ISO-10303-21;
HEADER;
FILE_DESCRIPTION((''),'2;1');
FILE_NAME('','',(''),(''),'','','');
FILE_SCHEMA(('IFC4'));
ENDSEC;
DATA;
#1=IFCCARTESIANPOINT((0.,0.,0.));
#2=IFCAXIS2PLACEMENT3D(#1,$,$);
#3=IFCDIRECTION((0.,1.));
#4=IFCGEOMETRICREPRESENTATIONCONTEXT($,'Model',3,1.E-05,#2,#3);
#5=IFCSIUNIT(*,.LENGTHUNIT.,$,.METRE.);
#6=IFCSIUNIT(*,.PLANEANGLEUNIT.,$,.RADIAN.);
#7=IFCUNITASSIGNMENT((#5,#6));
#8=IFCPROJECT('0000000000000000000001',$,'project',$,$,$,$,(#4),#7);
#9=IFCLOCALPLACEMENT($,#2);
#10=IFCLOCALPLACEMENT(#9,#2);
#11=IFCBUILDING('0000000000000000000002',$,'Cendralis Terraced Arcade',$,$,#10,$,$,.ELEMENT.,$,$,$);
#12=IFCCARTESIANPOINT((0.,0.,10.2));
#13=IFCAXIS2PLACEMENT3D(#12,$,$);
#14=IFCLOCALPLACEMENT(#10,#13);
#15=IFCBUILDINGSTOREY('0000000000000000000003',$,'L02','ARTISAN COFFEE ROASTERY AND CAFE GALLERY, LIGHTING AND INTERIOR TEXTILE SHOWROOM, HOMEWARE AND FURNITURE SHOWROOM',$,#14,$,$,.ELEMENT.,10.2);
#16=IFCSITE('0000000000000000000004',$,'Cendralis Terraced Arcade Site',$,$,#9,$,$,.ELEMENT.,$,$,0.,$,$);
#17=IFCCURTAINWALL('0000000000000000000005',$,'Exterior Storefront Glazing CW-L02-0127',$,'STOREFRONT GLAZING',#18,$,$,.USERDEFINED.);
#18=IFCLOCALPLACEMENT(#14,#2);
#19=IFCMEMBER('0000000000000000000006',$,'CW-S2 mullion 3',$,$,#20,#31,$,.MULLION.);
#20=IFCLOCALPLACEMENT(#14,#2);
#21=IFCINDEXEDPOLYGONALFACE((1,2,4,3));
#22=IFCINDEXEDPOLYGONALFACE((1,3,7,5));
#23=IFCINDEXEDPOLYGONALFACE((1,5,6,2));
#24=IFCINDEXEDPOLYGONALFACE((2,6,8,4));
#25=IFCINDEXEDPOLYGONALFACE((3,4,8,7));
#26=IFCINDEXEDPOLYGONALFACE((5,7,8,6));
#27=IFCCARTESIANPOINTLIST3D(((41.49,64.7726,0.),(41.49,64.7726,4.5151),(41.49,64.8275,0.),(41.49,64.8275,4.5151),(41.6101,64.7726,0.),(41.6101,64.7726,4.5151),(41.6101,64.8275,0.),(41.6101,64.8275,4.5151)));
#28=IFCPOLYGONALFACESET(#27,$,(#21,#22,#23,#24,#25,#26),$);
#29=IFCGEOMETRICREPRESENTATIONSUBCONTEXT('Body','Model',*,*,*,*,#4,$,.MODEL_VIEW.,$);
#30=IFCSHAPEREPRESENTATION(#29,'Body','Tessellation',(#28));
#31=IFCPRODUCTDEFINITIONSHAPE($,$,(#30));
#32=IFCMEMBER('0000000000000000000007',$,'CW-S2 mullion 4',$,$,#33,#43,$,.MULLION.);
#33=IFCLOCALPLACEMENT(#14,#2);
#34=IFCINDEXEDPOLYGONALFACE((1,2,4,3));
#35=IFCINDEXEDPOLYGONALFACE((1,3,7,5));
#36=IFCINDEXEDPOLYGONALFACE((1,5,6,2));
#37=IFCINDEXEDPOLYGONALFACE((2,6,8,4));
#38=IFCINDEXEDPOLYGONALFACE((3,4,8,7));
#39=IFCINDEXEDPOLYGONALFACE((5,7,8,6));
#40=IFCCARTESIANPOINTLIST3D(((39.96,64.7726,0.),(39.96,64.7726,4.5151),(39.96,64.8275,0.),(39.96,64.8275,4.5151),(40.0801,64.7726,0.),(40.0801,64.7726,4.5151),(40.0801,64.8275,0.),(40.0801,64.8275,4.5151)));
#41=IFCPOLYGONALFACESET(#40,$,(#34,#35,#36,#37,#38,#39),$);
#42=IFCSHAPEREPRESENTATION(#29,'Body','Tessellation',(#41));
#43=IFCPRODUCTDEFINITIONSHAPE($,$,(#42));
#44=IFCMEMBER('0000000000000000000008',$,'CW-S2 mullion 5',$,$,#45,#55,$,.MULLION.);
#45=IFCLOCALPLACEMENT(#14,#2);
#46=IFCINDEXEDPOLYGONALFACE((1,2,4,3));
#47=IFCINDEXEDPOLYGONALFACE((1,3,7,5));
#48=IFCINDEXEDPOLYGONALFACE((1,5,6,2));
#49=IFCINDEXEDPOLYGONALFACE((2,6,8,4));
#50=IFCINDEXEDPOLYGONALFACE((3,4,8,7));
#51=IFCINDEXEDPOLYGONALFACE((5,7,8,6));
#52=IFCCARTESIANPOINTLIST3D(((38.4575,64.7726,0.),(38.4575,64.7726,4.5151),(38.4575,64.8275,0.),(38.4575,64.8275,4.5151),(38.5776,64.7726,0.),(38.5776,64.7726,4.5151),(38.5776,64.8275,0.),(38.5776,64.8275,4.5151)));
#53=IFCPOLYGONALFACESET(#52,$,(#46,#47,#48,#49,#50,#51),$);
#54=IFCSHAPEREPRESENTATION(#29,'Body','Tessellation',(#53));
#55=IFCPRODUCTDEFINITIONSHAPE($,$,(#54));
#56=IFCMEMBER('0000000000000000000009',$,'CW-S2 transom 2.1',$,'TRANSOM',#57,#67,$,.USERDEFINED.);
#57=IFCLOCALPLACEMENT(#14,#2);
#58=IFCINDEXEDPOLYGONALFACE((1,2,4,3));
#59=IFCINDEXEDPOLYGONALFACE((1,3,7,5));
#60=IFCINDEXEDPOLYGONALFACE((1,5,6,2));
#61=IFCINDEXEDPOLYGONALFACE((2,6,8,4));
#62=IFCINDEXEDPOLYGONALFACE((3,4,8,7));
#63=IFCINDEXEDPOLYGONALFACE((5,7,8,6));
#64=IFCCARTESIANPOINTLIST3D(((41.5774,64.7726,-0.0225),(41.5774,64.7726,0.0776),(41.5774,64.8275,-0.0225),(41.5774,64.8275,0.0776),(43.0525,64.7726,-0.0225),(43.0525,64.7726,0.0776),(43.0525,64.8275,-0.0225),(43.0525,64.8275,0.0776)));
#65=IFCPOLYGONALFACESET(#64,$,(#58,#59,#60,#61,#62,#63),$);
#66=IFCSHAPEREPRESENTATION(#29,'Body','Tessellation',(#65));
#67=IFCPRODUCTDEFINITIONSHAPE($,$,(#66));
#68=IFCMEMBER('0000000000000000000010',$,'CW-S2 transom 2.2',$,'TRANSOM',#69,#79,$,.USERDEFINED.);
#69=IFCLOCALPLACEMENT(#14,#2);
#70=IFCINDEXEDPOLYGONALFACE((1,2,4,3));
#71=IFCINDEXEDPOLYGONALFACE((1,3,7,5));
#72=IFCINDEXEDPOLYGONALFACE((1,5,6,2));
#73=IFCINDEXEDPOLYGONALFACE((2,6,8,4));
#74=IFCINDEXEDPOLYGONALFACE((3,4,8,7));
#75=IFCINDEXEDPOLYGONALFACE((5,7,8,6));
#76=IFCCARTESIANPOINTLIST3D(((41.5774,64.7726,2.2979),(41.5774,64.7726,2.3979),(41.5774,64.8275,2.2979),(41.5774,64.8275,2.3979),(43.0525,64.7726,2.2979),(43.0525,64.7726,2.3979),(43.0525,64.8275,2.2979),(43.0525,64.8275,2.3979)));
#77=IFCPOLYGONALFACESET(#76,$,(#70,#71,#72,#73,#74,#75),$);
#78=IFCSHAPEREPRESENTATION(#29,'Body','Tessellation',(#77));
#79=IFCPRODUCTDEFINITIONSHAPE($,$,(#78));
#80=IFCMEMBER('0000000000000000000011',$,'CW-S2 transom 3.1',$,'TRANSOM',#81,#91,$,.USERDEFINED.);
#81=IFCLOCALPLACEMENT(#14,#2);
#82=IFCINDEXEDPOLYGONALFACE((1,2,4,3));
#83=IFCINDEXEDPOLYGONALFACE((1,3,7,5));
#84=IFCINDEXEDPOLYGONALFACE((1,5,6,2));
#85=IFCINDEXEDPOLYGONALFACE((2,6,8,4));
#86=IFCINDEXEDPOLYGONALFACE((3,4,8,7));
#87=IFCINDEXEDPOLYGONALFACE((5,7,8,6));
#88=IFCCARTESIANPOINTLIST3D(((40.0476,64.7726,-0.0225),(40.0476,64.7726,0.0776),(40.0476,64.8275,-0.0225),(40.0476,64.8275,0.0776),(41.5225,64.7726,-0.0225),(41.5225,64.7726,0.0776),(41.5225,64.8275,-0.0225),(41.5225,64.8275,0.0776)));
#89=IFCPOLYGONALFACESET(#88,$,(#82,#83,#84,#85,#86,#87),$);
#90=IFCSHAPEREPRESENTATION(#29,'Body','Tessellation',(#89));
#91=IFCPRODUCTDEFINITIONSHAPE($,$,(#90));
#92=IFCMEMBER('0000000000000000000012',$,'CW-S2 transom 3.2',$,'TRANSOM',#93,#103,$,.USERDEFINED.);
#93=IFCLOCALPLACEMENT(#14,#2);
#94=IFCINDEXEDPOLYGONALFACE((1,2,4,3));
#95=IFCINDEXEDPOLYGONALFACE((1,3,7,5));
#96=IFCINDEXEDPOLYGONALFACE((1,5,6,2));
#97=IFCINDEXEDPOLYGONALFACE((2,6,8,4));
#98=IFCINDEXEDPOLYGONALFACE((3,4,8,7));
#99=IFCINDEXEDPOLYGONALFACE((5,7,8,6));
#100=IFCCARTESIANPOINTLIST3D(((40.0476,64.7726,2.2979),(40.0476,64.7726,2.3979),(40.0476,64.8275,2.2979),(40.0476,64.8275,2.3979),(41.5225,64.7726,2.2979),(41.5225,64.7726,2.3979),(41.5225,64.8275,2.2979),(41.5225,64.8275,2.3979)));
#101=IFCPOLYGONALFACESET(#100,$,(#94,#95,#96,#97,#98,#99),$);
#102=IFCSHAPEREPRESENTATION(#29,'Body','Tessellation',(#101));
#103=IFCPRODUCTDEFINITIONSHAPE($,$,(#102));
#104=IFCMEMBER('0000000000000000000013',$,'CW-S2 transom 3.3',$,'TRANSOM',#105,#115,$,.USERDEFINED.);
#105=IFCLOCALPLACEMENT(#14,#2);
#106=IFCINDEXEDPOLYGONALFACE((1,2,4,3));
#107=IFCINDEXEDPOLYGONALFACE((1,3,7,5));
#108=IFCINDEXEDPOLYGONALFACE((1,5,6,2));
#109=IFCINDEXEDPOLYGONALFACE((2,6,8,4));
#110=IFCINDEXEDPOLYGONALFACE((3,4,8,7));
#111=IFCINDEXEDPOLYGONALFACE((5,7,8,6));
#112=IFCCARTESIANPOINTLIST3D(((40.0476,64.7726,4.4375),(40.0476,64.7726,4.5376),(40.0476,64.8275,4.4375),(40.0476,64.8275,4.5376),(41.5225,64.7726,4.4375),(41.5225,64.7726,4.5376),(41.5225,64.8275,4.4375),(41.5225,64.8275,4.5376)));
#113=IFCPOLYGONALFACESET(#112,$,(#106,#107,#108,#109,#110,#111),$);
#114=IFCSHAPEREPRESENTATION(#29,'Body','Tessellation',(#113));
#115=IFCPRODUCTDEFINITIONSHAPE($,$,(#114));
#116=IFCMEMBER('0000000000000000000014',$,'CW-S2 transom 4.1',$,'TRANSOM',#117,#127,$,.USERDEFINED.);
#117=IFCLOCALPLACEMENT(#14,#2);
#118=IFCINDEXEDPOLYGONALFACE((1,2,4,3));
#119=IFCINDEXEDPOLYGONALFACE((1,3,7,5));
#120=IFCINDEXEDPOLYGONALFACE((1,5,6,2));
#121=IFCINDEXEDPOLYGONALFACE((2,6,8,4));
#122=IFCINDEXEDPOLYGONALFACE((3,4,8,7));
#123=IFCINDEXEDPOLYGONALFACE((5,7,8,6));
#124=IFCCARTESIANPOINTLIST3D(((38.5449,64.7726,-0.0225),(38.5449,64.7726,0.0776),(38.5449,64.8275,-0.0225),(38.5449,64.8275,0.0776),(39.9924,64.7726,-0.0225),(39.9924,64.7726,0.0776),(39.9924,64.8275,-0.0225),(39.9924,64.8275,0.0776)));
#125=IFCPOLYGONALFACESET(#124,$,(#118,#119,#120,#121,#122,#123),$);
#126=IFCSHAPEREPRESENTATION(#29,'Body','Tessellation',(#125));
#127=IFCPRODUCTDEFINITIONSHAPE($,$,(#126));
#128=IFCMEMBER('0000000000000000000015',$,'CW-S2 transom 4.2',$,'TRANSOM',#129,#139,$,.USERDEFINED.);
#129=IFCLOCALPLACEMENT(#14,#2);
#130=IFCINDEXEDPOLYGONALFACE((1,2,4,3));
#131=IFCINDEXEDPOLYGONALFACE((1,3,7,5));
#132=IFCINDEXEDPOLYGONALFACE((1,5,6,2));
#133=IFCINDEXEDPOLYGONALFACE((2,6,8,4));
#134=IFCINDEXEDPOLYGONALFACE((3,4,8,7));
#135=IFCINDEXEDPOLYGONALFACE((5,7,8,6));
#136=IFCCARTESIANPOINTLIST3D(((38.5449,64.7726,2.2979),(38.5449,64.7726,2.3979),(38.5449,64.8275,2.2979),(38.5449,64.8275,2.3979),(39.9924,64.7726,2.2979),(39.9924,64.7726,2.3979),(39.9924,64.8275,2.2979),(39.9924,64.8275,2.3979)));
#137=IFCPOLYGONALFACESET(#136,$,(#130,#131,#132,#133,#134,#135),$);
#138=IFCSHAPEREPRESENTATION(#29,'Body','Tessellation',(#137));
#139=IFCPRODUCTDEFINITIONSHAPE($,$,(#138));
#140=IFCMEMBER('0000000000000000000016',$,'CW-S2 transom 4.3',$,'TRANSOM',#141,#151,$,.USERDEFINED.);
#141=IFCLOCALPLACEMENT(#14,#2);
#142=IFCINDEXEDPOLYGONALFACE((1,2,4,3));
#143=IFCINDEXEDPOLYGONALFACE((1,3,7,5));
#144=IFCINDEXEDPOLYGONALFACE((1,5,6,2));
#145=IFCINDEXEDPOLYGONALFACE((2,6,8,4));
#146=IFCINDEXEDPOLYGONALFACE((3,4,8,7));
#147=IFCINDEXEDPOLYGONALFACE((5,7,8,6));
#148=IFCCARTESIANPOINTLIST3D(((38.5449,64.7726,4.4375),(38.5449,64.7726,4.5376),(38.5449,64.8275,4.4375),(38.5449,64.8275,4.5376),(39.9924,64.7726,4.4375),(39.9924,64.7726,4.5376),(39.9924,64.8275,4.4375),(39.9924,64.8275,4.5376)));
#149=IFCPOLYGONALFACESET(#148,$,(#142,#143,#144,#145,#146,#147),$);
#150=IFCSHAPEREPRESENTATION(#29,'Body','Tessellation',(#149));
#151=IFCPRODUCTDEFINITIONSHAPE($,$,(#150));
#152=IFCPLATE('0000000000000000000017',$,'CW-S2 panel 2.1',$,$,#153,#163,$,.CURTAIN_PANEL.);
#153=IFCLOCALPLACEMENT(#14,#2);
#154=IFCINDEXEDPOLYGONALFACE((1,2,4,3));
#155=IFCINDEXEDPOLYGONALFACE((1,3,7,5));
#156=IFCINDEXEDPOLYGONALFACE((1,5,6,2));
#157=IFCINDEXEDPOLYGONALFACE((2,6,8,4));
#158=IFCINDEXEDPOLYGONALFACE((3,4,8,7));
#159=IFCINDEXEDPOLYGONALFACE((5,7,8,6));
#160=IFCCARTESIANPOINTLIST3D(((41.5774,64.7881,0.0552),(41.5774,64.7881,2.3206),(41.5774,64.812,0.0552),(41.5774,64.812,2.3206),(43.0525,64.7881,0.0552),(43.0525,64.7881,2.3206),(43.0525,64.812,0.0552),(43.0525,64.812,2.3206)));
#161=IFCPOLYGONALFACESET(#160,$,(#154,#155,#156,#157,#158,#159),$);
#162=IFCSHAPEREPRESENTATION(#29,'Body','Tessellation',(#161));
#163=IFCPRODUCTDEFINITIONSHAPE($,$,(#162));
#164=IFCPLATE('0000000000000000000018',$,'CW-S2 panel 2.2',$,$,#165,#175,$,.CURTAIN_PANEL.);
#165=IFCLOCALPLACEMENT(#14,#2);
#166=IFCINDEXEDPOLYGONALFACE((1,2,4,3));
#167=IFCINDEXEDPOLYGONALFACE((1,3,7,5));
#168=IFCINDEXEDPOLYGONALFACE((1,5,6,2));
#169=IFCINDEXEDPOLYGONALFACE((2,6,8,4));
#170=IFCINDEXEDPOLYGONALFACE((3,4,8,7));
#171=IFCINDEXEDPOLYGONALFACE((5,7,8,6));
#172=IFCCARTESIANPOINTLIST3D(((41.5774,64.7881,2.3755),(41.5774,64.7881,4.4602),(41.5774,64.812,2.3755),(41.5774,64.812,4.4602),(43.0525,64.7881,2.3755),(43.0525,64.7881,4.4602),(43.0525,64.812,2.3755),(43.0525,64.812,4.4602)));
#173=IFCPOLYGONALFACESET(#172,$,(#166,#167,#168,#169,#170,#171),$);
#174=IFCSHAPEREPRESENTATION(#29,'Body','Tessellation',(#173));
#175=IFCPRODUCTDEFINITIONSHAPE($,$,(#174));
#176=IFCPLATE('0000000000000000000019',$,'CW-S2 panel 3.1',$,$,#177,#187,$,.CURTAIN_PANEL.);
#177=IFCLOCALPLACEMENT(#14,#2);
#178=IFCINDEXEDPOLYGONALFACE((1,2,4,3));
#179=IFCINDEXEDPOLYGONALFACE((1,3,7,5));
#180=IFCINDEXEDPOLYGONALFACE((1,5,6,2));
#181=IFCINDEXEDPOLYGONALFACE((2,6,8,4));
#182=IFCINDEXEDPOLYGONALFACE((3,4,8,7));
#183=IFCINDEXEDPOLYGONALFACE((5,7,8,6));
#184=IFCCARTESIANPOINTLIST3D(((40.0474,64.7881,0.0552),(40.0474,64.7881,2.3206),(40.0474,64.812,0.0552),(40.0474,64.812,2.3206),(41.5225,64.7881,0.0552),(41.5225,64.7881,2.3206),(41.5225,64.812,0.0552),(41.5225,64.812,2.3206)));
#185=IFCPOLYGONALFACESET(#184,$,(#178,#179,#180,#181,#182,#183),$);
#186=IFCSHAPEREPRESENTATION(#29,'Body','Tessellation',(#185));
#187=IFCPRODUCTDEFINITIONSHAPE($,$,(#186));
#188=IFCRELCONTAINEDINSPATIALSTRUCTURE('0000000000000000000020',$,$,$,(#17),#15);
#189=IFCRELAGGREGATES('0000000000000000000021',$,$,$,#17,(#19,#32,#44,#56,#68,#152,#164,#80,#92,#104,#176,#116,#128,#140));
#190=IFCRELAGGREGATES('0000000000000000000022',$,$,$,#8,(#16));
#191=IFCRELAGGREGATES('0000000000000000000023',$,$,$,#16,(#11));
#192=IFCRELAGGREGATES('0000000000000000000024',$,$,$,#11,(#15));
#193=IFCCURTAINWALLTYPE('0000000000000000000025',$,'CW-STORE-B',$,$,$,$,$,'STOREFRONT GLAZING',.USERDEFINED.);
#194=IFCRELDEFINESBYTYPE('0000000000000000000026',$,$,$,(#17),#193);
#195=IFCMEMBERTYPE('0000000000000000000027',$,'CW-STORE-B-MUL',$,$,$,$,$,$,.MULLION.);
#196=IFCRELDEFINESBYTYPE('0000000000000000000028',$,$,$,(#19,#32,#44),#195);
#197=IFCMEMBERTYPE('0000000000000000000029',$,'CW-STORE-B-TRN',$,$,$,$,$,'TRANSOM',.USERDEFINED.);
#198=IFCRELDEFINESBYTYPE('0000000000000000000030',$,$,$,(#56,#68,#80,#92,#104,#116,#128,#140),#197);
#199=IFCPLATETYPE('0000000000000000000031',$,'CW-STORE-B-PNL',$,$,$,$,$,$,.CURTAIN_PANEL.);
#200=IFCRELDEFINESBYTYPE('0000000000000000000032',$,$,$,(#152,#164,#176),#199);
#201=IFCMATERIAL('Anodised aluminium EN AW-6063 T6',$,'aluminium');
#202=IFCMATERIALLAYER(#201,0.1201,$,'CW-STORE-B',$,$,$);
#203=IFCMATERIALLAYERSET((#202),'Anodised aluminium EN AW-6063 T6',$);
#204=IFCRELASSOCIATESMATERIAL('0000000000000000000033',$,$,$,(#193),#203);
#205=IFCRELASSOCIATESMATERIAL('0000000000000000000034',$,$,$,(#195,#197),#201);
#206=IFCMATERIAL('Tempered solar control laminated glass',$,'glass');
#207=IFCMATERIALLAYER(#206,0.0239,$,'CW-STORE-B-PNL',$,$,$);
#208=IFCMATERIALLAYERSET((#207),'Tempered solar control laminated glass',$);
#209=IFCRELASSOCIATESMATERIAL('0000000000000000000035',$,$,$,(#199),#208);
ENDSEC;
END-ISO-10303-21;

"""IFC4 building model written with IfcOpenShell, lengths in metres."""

from ifc_helpers import new_model, si_unit, direction, frame, origin, origin_2d, place, context, subcontext, project, spatial, rectangle, extrude, material, layer, layer_set, material_profile, profile_set, type_object, element, aggregate, save


model = new_model("IFC4")

# Units and contexts
model_context = context("Model", 3, precision=1e-05, world=origin(), true_north=direction((0.0, 1.0)))
body_context = subcontext(model_context, "Body", "Model", "MODEL_VIEW")
ifc_project = project(units=[si_unit("LENGTHUNIT", "METRE"), si_unit("PLANEANGLEUNIT", "RADIAN")], contexts=[model_context])

# Site, building, storey
site_placement = place(None, origin())
site = spatial("IfcSite", under=ifc_project, at=site_placement, Name="Cendralis Terraced Arcade Site", CompositionType="ELEMENT", RefElevation=0.0)
building_placement = place(site_placement, origin())
building = spatial("IfcBuilding", under=site, at=building_placement, Name="Cendralis Terraced Arcade", CompositionType="ELEMENT")
storey_placement = place(building_placement, frame((0.0, 0.0, 10.2)))
storey = spatial("IfcBuildingStorey", under=building, at=storey_placement, Name="L02", Description="ARTISAN COFFEE ROASTERY AND CAFE GALLERY, LIGHTING AND INTERIOR TEXTILE SHOWROOM, HOMEWARE AND FURNITURE SHOWROOM", CompositionType="ELEMENT", Elevation=10.2)

# Curtain wall, members, plates
ifc_material_1 = material(Name="Anodised aluminium EN AW-6063 T6", Category="aluminium")
ifc_layer_1 = layer(ifc_material_1, 0.1201, Name="CW-STORE-B")
ifc_layer_set_1 = layer_set([ifc_layer_1], Name="Anodised aluminium EN AW-6063 T6")
curtain_wall_type = type_object("IfcCurtainWallType", Name="CW-STORE-B", ElementType="STOREFRONT GLAZING", PredefinedType="USERDEFINED", material=ifc_layer_set_1)
curtain_wall_placement = place(storey_placement, origin())
curtain_wall = element("IfcCurtainWall", 1, at=curtain_wall_placement, inside=storey, type_object=curtain_wall_type, Name="Exterior Storefront Glazing CW-L02-0127", ObjectType="STOREFRONT GLAZING", PredefinedType="USERDEFINED")
ifc_material_profile_1 = material_profile(ifc_material_1, rectangle(XDim=0.0549, YDim=0.1201, at=origin_2d()), Name="ALU-MUL-55x120")
ifc_profile_set_1 = profile_set([ifc_material_profile_1], Name="Anodised aluminium EN AW-6063 T6")
member_type_1 = type_object("IfcMemberType", Name="CW-STORE-B-MUL", PredefinedType="MULLION", material=ifc_profile_set_1)
member_1_placement = place(storey_placement, frame((41.55, 64.8, 0.0), z_axis=(0.0, 0.0, 1.0), x_axis=(0.0, -1.0, 0.0)))
member_1 = element("IfcMember", 2, at=member_1_placement, type_object=member_type_1, Name="CW-S2 mullion 3", PredefinedType="MULLION", context=body_context, shape_type="SweptSolid", body=[
    extrude(rectangle(XDim=0.0549, YDim=0.1201, at=origin_2d()), origin(), (0.0, 0.0, 1.0), 4.5151),
])
member_2_placement = place(storey_placement, frame((40.02, 64.8, 0.0), z_axis=(0.0, 0.0, 1.0), x_axis=(0.0, -1.0, 0.0)))
member_2 = element("IfcMember", 3, at=member_2_placement, type_object=member_type_1, Name="CW-S2 mullion 4", PredefinedType="MULLION", context=body_context, shape_type="SweptSolid", body=[
    extrude(rectangle(XDim=0.0549, YDim=0.1201, at=origin_2d()), origin(), (0.0, 0.0, 1.0), 4.5151),
])
member_3_placement = place(storey_placement, frame((38.5176, 64.8, 0.0), z_axis=(0.0, 0.0, 1.0), x_axis=(0.0, -1.0, 0.0)))
member_3 = element("IfcMember", 4, at=member_3_placement, type_object=member_type_1, Name="CW-S2 mullion 5", PredefinedType="MULLION", context=body_context, shape_type="SweptSolid", body=[
    extrude(rectangle(XDim=0.0549, YDim=0.1201, at=origin_2d()), origin(), (0.0, 0.0, 1.0), 4.5151),
])
ifc_material_profile_2 = material_profile(ifc_material_1, rectangle(XDim=0.0549, YDim=0.1001, at=origin_2d()), Name="ALU-TRN-55x100")
ifc_profile_set_2 = profile_set([ifc_material_profile_2], Name="Anodised aluminium EN AW-6063 T6")
member_type_2 = type_object("IfcMemberType", Name="CW-STORE-B-TRN", ElementType="TRANSOM", PredefinedType="USERDEFINED", material=ifc_profile_set_2)
member_4_placement = place(storey_placement, frame((43.0525, 64.8, 0.0276), z_axis=(-1.0, 0.0, 0.0), x_axis=(0.0, -1.0, 0.0)))
member_4 = element("IfcMember", 5, at=member_4_placement, type_object=member_type_2, Name="CW-S2 transom 2.1", ObjectType="TRANSOM", PredefinedType="USERDEFINED", context=body_context, shape_type="SweptSolid", body=[
    extrude(rectangle(XDim=0.0549, YDim=0.1001, at=origin_2d()), origin(), (0.0, 0.0, 1.0), 1.4751),
])
member_5_placement = place(storey_placement, frame((43.0525, 64.8, 2.3479), z_axis=(-1.0, 0.0, 0.0), x_axis=(0.0, -1.0, 0.0)))
member_5 = element("IfcMember", 6, at=member_5_placement, type_object=member_type_2, Name="CW-S2 transom 2.2", ObjectType="TRANSOM", PredefinedType="USERDEFINED", context=body_context, shape_type="SweptSolid", body=[
    extrude(rectangle(XDim=0.0549, YDim=0.1001, at=origin_2d()), origin(), (0.0, 0.0, 1.0), 1.4751),
])
member_6_placement = place(storey_placement, frame((41.5225, 64.8, 0.0276), z_axis=(-1.0, 0.0, 0.0), x_axis=(0.0, -1.0, 0.0)))
member_6 = element("IfcMember", 7, at=member_6_placement, type_object=member_type_2, Name="CW-S2 transom 3.1", ObjectType="TRANSOM", PredefinedType="USERDEFINED", context=body_context, shape_type="SweptSolid", body=[
    extrude(rectangle(XDim=0.0549, YDim=0.1001, at=origin_2d()), origin(), (0.0, 0.0, 1.0), 1.4749),
])
member_7_placement = place(storey_placement, frame((41.5225, 64.8, 2.3479), z_axis=(-1.0, 0.0, 0.0), x_axis=(0.0, -1.0, 0.0)))
member_7 = element("IfcMember", 8, at=member_7_placement, type_object=member_type_2, Name="CW-S2 transom 3.2", ObjectType="TRANSOM", PredefinedType="USERDEFINED", context=body_context, shape_type="SweptSolid", body=[
    extrude(rectangle(XDim=0.0549, YDim=0.1001, at=origin_2d()), origin(), (0.0, 0.0, 1.0), 1.4749),
])
member_8_placement = place(storey_placement, frame((41.5225, 64.8, 4.4875), z_axis=(-1.0, 0.0, 0.0), x_axis=(0.0, -1.0, 0.0)))
member_8 = element("IfcMember", 9, at=member_8_placement, type_object=member_type_2, Name="CW-S2 transom 3.3", ObjectType="TRANSOM", PredefinedType="USERDEFINED", context=body_context, shape_type="SweptSolid", body=[
    extrude(rectangle(XDim=0.0549, YDim=0.1001, at=origin_2d()), origin(), (0.0, 0.0, 1.0), 1.4749),
])
member_9_placement = place(storey_placement, frame((39.9924, 64.8, 0.0276), z_axis=(-1.0, 0.0, 0.0), x_axis=(0.0, -1.0, 0.0)))
member_9 = element("IfcMember", 10, at=member_9_placement, type_object=member_type_2, Name="CW-S2 transom 4.1", ObjectType="TRANSOM", PredefinedType="USERDEFINED", context=body_context, shape_type="SweptSolid", body=[
    extrude(rectangle(XDim=0.0549, YDim=0.1001, at=origin_2d()), origin(), (0.0, 0.0, 1.0), 1.4475),
])
member_10_placement = place(storey_placement, frame((39.9924, 64.8, 2.3479), z_axis=(-1.0, 0.0, 0.0), x_axis=(0.0, -1.0, 0.0)))
member_10 = element("IfcMember", 11, at=member_10_placement, type_object=member_type_2, Name="CW-S2 transom 4.2", ObjectType="TRANSOM", PredefinedType="USERDEFINED", context=body_context, shape_type="SweptSolid", body=[
    extrude(rectangle(XDim=0.0549, YDim=0.1001, at=origin_2d()), origin(), (0.0, 0.0, 1.0), 1.4475),
])
member_11_placement = place(storey_placement, frame((39.9924, 64.8, 4.4875), z_axis=(-1.0, 0.0, 0.0), x_axis=(0.0, -1.0, 0.0)))
member_11 = element("IfcMember", 12, at=member_11_placement, type_object=member_type_2, Name="CW-S2 transom 4.3", ObjectType="TRANSOM", PredefinedType="USERDEFINED", context=body_context, shape_type="SweptSolid", body=[
    extrude(rectangle(XDim=0.0549, YDim=0.1001, at=origin_2d()), origin(), (0.0, 0.0, 1.0), 1.4475),
])
ifc_material_2 = material(Name="Tempered solar control laminated glass", Category="glass")
ifc_layer_2 = layer(ifc_material_2, 0.0239, Name="CW-STORE-B-PNL")
ifc_layer_set_2 = layer_set([ifc_layer_2], Name="Tempered solar control laminated glass")
plate_type = type_object("IfcPlateType", Name="CW-STORE-B-PNL", PredefinedType="CURTAIN_PANEL", material=ifc_layer_set_2)
plate_1_placement = place(storey_placement, frame((42.3149, 64.8, 0.0552), z_axis=(0.0, 0.0, 1.0), x_axis=(-1.0, 0.0, 0.0)))
plate_1 = element("IfcPlate", 13, at=plate_1_placement, type_object=plate_type, Name="CW-S2 panel 2.1", PredefinedType="CURTAIN_PANEL", context=body_context, shape_type="SweptSolid", body=[
    extrude(rectangle(XDim=1.4751, YDim=0.0239, at=origin_2d()), origin(), (0.0, 0.0, 1.0), 2.2654),
])
plate_2_placement = place(storey_placement, frame((42.3149, 64.8, 2.3755), z_axis=(0.0, 0.0, 1.0), x_axis=(-1.0, 0.0, 0.0)))
plate_2 = element("IfcPlate", 14, at=plate_2_placement, type_object=plate_type, Name="CW-S2 panel 2.2", PredefinedType="CURTAIN_PANEL", context=body_context, shape_type="SweptSolid", body=[
    extrude(rectangle(XDim=1.4751, YDim=0.0239, at=origin_2d()), origin(), (0.0, 0.0, 1.0), 2.0847),
])
plate_3_placement = place(storey_placement, frame((40.7849, 64.8, 0.0552), z_axis=(0.0, 0.0, 1.0), x_axis=(-1.0, 0.0, 0.0)))
plate_3 = element("IfcPlate", 15, at=plate_3_placement, type_object=plate_type, Name="CW-S2 panel 3.1", PredefinedType="CURTAIN_PANEL", context=body_context, shape_type="SweptSolid", body=[
    extrude(rectangle(XDim=1.4751, YDim=0.0239, at=origin_2d()), origin(), (0.0, 0.0, 1.0), 2.2654),
])
aggregate(curtain_wall, [member_1, member_2, member_3, member_4, member_5, plate_1, plate_2, member_6, member_7, member_8, plate_3, member_9, member_10, member_11])

save(model, "model.ifc")
